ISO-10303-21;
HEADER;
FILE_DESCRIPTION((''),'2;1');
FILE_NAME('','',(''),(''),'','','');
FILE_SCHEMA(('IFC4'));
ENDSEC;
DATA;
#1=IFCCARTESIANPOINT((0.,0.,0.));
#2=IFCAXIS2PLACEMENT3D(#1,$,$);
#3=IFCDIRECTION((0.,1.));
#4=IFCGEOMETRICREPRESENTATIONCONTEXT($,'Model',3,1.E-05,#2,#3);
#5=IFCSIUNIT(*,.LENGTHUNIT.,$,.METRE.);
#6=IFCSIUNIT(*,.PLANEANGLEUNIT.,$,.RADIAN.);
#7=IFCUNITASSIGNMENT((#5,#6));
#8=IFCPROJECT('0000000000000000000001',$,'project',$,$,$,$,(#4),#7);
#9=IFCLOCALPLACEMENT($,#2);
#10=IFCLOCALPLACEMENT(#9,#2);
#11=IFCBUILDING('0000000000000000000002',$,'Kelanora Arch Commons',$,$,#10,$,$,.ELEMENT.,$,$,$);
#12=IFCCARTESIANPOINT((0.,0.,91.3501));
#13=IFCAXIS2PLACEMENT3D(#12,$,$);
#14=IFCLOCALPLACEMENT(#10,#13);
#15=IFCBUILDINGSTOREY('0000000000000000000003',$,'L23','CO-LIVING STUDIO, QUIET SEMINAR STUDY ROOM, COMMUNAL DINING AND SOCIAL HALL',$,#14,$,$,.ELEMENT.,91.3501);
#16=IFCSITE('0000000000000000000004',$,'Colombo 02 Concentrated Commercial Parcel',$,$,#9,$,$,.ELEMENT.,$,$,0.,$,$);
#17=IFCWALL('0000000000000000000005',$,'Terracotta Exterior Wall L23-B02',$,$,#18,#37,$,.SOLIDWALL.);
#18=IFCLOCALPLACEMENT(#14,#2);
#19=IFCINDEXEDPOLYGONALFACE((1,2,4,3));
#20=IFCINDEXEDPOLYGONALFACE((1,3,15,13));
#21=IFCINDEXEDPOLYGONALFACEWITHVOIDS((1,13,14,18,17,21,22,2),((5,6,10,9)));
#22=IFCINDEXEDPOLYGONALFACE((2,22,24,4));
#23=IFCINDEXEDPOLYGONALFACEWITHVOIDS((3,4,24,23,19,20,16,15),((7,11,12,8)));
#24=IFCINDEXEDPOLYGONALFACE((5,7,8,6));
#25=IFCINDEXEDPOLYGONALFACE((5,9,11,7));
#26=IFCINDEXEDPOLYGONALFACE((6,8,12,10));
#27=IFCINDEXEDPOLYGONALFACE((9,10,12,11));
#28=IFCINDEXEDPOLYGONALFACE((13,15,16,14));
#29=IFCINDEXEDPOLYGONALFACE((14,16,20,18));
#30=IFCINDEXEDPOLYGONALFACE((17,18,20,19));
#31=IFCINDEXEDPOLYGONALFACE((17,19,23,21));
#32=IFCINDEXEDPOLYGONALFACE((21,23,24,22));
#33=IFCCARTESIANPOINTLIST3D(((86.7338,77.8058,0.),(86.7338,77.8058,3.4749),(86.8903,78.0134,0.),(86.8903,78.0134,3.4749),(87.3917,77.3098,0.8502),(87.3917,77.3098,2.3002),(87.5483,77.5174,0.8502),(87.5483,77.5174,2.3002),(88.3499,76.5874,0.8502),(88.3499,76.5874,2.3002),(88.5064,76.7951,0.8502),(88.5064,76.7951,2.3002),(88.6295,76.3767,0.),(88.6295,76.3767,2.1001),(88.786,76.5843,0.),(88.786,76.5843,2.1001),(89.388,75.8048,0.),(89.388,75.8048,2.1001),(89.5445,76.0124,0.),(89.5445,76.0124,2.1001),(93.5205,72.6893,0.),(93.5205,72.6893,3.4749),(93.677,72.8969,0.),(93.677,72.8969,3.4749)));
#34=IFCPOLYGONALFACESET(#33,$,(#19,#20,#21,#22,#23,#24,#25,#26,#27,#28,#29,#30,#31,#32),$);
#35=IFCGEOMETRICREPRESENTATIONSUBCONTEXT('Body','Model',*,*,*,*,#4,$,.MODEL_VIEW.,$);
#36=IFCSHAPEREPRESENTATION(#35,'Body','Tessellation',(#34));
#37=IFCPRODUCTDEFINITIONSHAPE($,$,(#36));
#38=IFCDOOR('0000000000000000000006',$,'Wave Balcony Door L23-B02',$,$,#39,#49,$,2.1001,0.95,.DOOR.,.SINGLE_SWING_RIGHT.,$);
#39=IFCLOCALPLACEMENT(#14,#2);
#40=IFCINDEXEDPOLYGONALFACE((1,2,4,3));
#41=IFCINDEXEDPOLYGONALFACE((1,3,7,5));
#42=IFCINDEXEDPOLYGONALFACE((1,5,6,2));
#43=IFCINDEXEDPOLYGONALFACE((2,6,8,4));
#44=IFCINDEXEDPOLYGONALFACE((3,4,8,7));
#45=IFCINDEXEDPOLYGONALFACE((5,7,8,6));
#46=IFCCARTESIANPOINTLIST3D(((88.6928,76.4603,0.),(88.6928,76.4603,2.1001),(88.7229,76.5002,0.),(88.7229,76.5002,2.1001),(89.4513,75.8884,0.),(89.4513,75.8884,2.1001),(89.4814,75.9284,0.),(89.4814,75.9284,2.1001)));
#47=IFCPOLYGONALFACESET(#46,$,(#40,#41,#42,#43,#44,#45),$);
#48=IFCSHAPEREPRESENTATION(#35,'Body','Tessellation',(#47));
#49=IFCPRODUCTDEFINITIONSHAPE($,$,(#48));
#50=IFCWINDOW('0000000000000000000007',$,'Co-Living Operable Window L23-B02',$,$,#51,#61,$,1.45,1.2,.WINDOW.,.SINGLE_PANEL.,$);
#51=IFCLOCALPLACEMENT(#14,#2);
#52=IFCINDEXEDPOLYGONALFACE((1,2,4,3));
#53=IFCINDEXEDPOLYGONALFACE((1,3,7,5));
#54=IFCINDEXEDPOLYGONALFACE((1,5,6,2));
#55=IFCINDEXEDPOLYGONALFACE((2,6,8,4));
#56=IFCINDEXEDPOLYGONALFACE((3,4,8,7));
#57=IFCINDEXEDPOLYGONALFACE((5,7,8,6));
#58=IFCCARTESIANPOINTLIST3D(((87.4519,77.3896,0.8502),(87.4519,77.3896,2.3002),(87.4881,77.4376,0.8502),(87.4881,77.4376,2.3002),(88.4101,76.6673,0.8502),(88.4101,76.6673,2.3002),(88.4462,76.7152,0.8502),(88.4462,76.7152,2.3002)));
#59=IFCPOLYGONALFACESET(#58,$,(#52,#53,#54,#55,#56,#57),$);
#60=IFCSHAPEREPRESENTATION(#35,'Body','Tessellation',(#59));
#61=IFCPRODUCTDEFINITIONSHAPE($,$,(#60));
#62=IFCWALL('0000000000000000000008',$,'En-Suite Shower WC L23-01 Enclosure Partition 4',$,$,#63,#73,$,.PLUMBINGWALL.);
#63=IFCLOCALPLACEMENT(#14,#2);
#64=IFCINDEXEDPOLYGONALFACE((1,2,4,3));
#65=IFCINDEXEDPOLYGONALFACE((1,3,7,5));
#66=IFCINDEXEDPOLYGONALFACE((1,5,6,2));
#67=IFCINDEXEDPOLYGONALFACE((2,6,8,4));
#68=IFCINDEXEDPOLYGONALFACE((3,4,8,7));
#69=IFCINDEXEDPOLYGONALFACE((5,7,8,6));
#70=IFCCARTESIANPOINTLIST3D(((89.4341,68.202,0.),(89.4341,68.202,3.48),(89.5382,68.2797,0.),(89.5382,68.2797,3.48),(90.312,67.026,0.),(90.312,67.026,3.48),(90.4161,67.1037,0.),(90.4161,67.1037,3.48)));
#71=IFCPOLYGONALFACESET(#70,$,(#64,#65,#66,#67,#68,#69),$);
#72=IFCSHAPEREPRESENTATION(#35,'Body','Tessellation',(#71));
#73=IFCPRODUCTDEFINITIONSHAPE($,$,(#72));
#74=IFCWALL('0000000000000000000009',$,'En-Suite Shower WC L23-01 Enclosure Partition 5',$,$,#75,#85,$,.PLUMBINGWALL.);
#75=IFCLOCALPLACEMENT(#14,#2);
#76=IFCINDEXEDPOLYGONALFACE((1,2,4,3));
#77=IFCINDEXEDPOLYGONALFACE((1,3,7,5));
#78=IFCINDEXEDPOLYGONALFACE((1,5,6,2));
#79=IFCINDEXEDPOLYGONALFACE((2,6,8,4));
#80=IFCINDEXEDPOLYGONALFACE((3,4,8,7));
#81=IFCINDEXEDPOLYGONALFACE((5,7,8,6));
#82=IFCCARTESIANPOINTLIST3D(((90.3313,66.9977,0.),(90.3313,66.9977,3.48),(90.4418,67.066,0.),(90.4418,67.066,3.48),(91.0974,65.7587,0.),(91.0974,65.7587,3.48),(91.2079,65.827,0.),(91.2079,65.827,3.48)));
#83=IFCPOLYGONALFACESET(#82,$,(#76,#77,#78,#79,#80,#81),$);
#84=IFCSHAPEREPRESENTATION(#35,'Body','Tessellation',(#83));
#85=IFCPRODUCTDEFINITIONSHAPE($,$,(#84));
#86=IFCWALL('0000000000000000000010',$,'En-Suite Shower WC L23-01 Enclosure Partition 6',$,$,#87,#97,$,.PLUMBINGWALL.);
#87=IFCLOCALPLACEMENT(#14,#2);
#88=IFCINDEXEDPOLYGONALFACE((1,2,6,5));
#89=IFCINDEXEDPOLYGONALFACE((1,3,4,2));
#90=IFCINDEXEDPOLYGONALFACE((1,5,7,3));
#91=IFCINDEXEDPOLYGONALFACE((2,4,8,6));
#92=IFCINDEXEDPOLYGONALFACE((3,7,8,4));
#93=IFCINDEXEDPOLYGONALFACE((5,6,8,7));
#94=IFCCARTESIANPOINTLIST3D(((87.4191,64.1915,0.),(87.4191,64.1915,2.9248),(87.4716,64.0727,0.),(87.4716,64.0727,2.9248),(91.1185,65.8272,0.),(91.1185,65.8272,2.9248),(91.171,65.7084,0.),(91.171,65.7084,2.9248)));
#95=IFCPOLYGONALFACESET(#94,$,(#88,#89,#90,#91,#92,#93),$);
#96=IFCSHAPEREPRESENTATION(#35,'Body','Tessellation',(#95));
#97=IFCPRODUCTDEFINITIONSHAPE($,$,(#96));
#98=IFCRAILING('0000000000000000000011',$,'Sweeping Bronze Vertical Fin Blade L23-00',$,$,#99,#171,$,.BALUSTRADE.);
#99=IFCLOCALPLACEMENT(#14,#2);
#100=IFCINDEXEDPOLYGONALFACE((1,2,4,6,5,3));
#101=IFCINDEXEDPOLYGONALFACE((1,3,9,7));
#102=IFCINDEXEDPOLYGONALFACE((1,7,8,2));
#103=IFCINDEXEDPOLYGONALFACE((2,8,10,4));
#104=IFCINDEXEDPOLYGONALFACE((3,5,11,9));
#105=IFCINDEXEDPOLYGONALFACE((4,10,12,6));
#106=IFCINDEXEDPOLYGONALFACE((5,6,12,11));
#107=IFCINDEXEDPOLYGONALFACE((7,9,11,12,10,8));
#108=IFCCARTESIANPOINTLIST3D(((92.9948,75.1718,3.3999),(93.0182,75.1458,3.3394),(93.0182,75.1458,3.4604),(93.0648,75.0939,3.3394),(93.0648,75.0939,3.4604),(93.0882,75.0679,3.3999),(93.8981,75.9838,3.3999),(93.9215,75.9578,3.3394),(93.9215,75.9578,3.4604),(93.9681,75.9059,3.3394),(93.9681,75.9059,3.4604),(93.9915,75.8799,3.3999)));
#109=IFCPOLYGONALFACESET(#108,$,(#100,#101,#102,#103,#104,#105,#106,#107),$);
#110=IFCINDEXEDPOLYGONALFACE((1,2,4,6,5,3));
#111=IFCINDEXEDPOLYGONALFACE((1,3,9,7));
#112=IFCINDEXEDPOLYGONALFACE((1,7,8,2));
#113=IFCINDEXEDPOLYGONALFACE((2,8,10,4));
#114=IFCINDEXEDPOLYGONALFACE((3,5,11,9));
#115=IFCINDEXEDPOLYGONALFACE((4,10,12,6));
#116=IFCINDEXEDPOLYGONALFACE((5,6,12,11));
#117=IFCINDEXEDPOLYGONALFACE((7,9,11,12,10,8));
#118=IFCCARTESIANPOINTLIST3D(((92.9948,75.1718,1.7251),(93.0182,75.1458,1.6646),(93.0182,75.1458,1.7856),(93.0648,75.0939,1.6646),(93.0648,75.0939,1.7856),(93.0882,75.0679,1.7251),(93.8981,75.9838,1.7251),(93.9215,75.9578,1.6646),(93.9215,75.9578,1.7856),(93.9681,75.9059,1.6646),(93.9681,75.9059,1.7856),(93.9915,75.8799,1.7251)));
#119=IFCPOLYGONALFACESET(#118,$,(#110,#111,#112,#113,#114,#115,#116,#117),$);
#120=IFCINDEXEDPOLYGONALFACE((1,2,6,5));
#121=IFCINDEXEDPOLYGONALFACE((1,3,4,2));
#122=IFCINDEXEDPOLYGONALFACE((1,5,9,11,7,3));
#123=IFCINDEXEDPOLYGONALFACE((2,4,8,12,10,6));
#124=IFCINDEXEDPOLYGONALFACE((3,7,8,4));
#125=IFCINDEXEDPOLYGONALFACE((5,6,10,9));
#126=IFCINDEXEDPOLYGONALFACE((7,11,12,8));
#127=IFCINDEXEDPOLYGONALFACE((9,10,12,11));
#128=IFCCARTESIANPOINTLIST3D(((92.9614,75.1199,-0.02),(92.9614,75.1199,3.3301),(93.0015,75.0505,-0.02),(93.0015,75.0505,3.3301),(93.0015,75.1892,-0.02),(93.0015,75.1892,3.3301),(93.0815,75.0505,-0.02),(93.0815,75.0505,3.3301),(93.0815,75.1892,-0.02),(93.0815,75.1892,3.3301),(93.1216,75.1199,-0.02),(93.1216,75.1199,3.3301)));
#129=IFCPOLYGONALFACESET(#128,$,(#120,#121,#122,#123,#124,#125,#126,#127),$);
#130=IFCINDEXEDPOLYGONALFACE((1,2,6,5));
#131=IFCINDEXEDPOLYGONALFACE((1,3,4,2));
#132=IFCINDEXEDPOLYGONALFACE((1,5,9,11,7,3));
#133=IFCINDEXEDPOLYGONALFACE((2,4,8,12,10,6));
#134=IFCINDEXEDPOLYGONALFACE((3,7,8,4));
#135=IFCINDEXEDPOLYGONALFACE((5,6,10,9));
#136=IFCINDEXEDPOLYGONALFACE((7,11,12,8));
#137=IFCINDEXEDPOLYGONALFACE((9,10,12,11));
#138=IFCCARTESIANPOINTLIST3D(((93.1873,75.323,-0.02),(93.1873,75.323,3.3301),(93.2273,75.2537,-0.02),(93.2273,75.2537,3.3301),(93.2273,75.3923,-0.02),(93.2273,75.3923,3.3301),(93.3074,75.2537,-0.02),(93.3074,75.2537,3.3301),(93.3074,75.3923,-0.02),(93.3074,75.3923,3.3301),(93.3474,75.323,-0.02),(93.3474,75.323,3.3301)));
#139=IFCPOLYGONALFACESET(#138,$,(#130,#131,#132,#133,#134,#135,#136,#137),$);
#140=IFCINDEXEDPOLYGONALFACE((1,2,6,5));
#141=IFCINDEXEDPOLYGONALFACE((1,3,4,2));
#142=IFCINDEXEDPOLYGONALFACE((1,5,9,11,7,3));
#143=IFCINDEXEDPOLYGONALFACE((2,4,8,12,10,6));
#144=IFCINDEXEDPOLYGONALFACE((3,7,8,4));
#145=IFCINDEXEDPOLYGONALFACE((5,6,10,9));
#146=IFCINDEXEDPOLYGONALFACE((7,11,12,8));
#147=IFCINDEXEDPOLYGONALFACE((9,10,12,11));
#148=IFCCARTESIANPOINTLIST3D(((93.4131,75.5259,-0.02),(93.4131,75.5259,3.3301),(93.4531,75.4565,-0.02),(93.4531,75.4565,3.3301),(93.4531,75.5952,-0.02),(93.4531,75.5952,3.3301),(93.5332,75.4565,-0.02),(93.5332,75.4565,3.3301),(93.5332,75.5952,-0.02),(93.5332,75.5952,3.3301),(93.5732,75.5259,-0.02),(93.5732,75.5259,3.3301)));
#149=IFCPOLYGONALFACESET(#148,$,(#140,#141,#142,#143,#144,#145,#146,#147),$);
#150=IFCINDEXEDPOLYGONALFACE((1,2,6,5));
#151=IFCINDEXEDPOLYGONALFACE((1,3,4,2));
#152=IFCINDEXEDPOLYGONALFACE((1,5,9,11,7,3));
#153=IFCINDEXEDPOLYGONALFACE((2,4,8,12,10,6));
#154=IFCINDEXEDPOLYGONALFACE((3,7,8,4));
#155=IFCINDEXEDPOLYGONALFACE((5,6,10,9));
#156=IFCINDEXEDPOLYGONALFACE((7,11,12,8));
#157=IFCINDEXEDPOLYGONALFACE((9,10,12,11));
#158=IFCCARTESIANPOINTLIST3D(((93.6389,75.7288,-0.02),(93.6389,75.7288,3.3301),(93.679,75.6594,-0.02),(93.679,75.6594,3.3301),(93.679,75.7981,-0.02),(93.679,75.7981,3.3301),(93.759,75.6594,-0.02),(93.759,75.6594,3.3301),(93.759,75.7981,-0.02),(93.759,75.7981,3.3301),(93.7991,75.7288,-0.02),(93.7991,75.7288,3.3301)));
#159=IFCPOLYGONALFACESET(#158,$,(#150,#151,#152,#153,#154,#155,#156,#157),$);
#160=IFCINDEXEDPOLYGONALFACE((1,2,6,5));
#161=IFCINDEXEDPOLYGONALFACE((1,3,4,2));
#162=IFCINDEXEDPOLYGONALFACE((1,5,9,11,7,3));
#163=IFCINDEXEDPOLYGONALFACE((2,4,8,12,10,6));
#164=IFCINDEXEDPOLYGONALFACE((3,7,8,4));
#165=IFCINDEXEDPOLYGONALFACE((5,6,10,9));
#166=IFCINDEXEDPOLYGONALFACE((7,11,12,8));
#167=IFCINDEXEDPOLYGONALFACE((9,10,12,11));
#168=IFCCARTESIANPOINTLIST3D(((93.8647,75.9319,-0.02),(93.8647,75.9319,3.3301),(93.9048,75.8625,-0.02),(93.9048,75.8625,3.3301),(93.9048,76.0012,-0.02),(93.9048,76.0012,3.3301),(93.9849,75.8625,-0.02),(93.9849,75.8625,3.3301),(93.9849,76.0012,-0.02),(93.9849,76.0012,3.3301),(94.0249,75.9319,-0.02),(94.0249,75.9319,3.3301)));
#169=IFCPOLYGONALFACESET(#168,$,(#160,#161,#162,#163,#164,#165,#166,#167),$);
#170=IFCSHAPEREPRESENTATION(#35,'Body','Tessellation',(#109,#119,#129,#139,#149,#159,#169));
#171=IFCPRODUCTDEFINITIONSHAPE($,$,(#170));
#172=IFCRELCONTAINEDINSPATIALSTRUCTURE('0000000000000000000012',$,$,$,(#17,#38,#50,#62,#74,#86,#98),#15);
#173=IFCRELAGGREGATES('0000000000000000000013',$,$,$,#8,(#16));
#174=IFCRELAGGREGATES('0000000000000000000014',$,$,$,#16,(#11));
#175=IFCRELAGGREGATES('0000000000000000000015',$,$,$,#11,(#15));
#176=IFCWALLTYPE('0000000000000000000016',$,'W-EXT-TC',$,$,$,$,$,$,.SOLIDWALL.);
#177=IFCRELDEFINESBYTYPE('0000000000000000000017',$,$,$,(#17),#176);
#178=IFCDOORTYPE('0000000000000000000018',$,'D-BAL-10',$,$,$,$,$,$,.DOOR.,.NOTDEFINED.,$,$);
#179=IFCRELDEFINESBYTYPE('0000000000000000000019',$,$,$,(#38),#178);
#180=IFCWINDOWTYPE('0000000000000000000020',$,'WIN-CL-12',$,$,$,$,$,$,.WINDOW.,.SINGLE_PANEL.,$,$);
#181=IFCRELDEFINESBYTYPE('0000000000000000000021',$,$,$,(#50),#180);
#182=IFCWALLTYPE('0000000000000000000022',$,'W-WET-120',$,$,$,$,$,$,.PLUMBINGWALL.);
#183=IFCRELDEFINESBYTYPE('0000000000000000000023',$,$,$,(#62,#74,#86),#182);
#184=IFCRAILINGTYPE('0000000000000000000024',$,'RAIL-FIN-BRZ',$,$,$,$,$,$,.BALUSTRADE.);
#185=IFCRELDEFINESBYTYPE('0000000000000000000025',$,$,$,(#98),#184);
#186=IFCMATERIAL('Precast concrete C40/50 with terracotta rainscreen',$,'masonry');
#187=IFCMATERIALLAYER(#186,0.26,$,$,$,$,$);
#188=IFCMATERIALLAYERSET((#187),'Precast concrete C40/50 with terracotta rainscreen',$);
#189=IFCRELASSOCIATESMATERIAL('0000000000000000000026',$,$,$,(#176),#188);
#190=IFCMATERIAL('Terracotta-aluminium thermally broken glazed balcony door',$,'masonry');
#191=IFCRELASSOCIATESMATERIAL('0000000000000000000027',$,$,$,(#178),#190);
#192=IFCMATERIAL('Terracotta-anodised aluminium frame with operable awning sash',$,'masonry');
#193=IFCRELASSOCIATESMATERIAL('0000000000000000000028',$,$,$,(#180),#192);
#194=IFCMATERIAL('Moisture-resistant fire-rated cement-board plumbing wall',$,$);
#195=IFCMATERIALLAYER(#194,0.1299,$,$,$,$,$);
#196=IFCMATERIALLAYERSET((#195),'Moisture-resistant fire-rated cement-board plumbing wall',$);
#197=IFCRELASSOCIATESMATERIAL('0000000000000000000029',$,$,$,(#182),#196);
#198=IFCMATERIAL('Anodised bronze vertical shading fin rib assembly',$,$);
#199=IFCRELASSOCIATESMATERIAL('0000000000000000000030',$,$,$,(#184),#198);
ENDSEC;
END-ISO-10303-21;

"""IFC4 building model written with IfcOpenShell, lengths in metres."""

from ifc_helpers import new_model, si_unit, direction, frame, frame_2d, origin, place, context, subcontext, project, spatial, polyline, rectangle, outline, extrude, material, layer, layer_set, type_object, element, fill, save


model = new_model("IFC4")

# Units and contexts
model_context = context("Model", 3, precision=1e-05, world=origin(), true_north=direction((0.0, 1.0)))
body_context = subcontext(model_context, "Body", "Model", "MODEL_VIEW")
ifc_project = project(units=[si_unit("LENGTHUNIT", "METRE"), si_unit("PLANEANGLEUNIT", "RADIAN")], contexts=[model_context])

# Site, building, storey
site_placement = place(None, origin())
site = spatial("IfcSite", under=ifc_project, at=site_placement, Name="Colombo 02 Concentrated Commercial Parcel", CompositionType="ELEMENT", RefElevation=0.0)
building_placement = place(site_placement, origin())
building = spatial("IfcBuilding", under=site, at=building_placement, Name="Kelanora Arch Commons", CompositionType="ELEMENT")
storey_placement = place(building_placement, frame((0.0, 0.0, 91.3501)))
storey = spatial("IfcBuildingStorey", under=building, at=storey_placement, Name="L23", Description="CO-LIVING STUDIO, QUIET SEMINAR STUDY ROOM, COMMUNAL DINING AND SOCIAL HALL", CompositionType="ELEMENT", Elevation=91.3501)

# Wall, openings, door, window
ifc_material_1 = material(Name="Precast concrete C40/50 with terracotta rainscreen", Category="masonry")
ifc_layer_1 = layer(ifc_material_1, 0.26)
ifc_layer_set_1 = layer_set([ifc_layer_1], Name="Precast concrete C40/50 with terracotta rainscreen")
wall_type_1 = type_object("IfcWallType", Name="W-EXT-TC", PredefinedType="SOLIDWALL", material=ifc_layer_set_1)
ifc_material_2 = material(Name="Terracotta-aluminium thermally broken glazed balcony door", Category="masonry")
door_type = type_object("IfcDoorType", Name="D-BAL-10", OperationType="NOTDEFINED", PredefinedType="DOOR", material=ifc_material_2)
ifc_material_3 = material(Name="Terracotta-anodised aluminium frame with operable awning sash", Category="masonry")
window_type = type_object("IfcWindowType", Name="WIN-CL-12", PartitioningType="SINGLE_PANEL", PredefinedType="WINDOW", material=ifc_material_3)
wall_1_placement = place(storey_placement, frame((93.5986, 72.7932, 0.0), z_axis=(0.0, 0.0, 1.0), x_axis=(-0.798502, 0.601993, 0.0)))
wall_1 = element("IfcWall", 1, at=wall_1_placement, inside=storey, type_object=wall_type_1, Name="Terracotta Exterior Wall L23-B02", PredefinedType="SOLIDWALL", context=body_context, shape_type="SweptSolid", body=[
    extrude(rectangle(XDim=8.4993, YDim=0.26, at=frame_2d((4.2495, 0.0))), origin(), (0.0, 0.0, 1.0), 3.4749),
])
opening_1_placement = place(wall_1_placement, frame((5.175, 0.0, 0.0)))
opening_1 = element("IfcOpeningElement", 2, at=opening_1_placement, cuts=wall_1, PredefinedType="OPENING", context=body_context, shape_type="SweptSolid", body=[
    extrude(rectangle(XDim=0.95, YDim=2.1001, at=frame_2d((0.4751, 1.05))), frame((0.0, 0.1401, 0.0), z_axis=(0.0, -1.0, 0.0), x_axis=(1.0, 0.0, 0.0)), (0.0, 0.0, 1.0), 0.28),
])
opening_2_placement = place(wall_1_placement, frame((6.4751, 0.0, 0.8501)))
opening_2 = element("IfcOpeningElement", 3, at=opening_2_placement, cuts=wall_1, PredefinedType="OPENING", context=body_context, shape_type="SweptSolid", body=[
    extrude(rectangle(XDim=1.2, YDim=1.45, at=frame_2d((0.6001, 0.7251))), frame((0.0, 0.1401, 0.0), z_axis=(0.0, -1.0, 0.0), x_axis=(1.0, 0.0, 0.0)), (0.0, 0.0, 1.0), 0.28),
])
door_1_placement = place(opening_1_placement, frame((0.95, 0.0, 0.0), z_axis=(0.0, 0.0, 1.0), x_axis=(-1.0, 0.0, 0.0)))
door_1 = element("IfcDoor", 4, at=door_1_placement, inside=storey, type_object=door_type, Name="Wave Balcony Door L23-B02", OperationType="SINGLE_SWING_RIGHT", OverallHeight=2.1001, OverallWidth=0.95, PredefinedType="DOOR", context=body_context, shape_type="SweptSolid", body=[
    extrude(rectangle(XDim=0.95, YDim=2.1001, at=frame_2d((0.4751, 1.05))), frame((0.0, 0.0249, 0.0), z_axis=(0.0, -1.0, 0.0), x_axis=(1.0, 0.0, 0.0)), (0.0, 0.0, 1.0), 0.05),
])
fill(opening_1, door_1)
window_1_placement = place(opening_2_placement, origin())
window_1 = element("IfcWindow", 5, at=window_1_placement, inside=storey, type_object=window_type, Name="Co-Living Operable Window L23-B02", OverallHeight=1.45, OverallWidth=1.2, PartitioningType="SINGLE_PANEL", PredefinedType="WINDOW", context=body_context, shape_type="SweptSolid", body=[
    extrude(rectangle(XDim=1.2, YDim=1.45, at=frame_2d((0.6001, 0.7251))), frame((0.0, 0.03, 0.0), z_axis=(0.0, -1.0, 0.0), x_axis=(1.0, 0.0, 0.0)), (0.0, 0.0, 1.0), 0.0601),
])
fill(opening_2, window_1)

# Walls
ifc_material_4 = material(Name="Moisture-resistant fire-rated cement-board plumbing wall")
ifc_layer_2 = layer(ifc_material_4, 0.1299)
ifc_layer_set_2 = layer_set([ifc_layer_2], Name="Moisture-resistant fire-rated cement-board plumbing wall")
wall_type_2 = type_object("IfcWallType", Name="W-WET-120", PredefinedType="PLUMBINGWALL", material=ifc_layer_set_2)
wall_2_placement = place(storey_placement, frame((89.4861, 68.241, 0.0), z_axis=(0.0, 0.0, 1.0), x_axis=(0.598215, -0.801336, 0.0)))
element("IfcWall", 6, at=wall_2_placement, inside=storey, type_object=wall_type_2, Name="En-Suite Shower WC L23-01 Enclosure Partition 4", PredefinedType="PLUMBINGWALL", context=body_context, shape_type="SweptSolid", body=[
    extrude(rectangle(XDim=1.4675, YDim=0.1299, at=frame_2d((0.7339, 0.0))), origin(), (0.0, 0.0, 1.0), 3.48),
])
wall_3_placement = place(storey_placement, frame((90.3865, 67.032, 0.0), z_axis=(0.0, 0.0, 1.0), x_axis=(0.52591, -0.85054, 0.0)))
element("IfcWall", 7, at=wall_3_placement, inside=storey, type_object=wall_type_2, Name="En-Suite Shower WC L23-01 Enclosure Partition 5", PredefinedType="PLUMBINGWALL", context=body_context, shape_type="SweptSolid", body=[
    extrude(rectangle(XDim=1.4568, YDim=0.1299, at=frame_2d((0.7285, 0.0))), origin(), (0.0, 0.0, 1.0), 3.48),
])
wall_4_placement = place(storey_placement, frame((91.1448, 65.7678, 0.0), z_axis=(0.0, 0.0, 1.0), x_axis=(-0.914586, -0.40439, 0.0)))
element("IfcWall", 8, at=wall_4_placement, inside=storey, type_object=wall_type_2, Name="En-Suite Shower WC L23-01 Enclosure Partition 6", PredefinedType="PLUMBINGWALL", context=body_context, shape_type="SweptSolid", body=[
    extrude(rectangle(XDim=4.0449, YDim=0.1299, at=frame_2d((2.0225, 0.0))), origin(), (0.0, 0.0, 1.0), 2.9248),
])

# Railing
ifc_material_5 = material(Name="Anodised bronze vertical shading fin rib assembly")
railing_type = type_object("IfcRailingType", Name="RAIL-FIN-BRZ", PredefinedType="BALUSTRADE", material=ifc_material_5)
railing_1_placement = place(storey_placement, frame((93.0415, 75.1199, -0.02)))
element("IfcRailing", 9, at=railing_1_placement, inside=storey, type_object=railing_type, Name="Sweeping Bronze Vertical Fin Blade L23-00", PredefinedType="BALUSTRADE", context=body_context, shape_type="SweptSolid", body=[
    extrude(outline(polyline([(0.0698, 0.0), (0.0349, 0.0605), (-0.0349, 0.0605), (-0.0698, 0.0), (-0.0349, -0.0605), (0.0349, -0.0605), (0.0698, 0.0)])), frame((0.0, 0.0, 3.4199), z_axis=(0.743694, 0.66852, 0.0), x_axis=(-0.66852, 0.743694, 0.0)), (0.0, 0.0, 1.0), 1.2146),
    extrude(outline(polyline([(0.0698, 0.0), (0.0349, 0.0605), (-0.0349, 0.0605), (-0.0698, 0.0), (-0.0349, -0.0605), (0.0349, -0.0605), (0.0698, 0.0)])), frame((0.0, 0.0, 1.7451), z_axis=(0.743694, 0.66852, 0.0), x_axis=(-0.66852, 0.743694, 0.0)), (0.0, 0.0, 1.0), 1.2146),
    extrude(outline(polyline([(0.0801, 0.0), (0.04, 0.0693), (-0.04, 0.0693), (-0.0801, 0.0), (-0.04, -0.0693), (0.04, -0.0693), (0.0801, 0.0)])), origin(), (0.0, 0.0, 1.0), 3.3501),
    extrude(outline(polyline([(0.0801, 0.0), (0.04, 0.0693), (-0.04, 0.0693), (-0.0801, 0.0), (-0.04, -0.0693), (0.04, -0.0693), (0.0801, 0.0)])), frame((0.2258, 0.2031, 0.0)), (0.0, 0.0, 1.0), 3.3501),
    extrude(outline(polyline([(0.0801, 0.0), (0.04, 0.0693), (-0.04, 0.0693), (-0.0801, 0.0), (-0.04, -0.0693), (0.04, -0.0693), (0.0801, 0.0)])), frame((0.4517, 0.406, 0.0)), (0.0, 0.0, 1.0), 3.3501),
    extrude(outline(polyline([(0.0801, 0.0), (0.04, 0.0693), (-0.04, 0.0693), (-0.0801, 0.0), (-0.04, -0.0693), (0.04, -0.0693), (0.0801, 0.0)])), frame((0.6775, 0.6089, 0.0)), (0.0, 0.0, 1.0), 3.3501),
    extrude(outline(polyline([(0.0801, 0.0), (0.04, 0.0693), (-0.04, 0.0693), (-0.0801, 0.0), (-0.04, -0.0693), (0.04, -0.0693), (0.0801, 0.0)])), frame((0.9033, 0.812, 0.0)), (0.0, 0.0, 1.0), 3.3501),
])

save(model, "model.ifc")
